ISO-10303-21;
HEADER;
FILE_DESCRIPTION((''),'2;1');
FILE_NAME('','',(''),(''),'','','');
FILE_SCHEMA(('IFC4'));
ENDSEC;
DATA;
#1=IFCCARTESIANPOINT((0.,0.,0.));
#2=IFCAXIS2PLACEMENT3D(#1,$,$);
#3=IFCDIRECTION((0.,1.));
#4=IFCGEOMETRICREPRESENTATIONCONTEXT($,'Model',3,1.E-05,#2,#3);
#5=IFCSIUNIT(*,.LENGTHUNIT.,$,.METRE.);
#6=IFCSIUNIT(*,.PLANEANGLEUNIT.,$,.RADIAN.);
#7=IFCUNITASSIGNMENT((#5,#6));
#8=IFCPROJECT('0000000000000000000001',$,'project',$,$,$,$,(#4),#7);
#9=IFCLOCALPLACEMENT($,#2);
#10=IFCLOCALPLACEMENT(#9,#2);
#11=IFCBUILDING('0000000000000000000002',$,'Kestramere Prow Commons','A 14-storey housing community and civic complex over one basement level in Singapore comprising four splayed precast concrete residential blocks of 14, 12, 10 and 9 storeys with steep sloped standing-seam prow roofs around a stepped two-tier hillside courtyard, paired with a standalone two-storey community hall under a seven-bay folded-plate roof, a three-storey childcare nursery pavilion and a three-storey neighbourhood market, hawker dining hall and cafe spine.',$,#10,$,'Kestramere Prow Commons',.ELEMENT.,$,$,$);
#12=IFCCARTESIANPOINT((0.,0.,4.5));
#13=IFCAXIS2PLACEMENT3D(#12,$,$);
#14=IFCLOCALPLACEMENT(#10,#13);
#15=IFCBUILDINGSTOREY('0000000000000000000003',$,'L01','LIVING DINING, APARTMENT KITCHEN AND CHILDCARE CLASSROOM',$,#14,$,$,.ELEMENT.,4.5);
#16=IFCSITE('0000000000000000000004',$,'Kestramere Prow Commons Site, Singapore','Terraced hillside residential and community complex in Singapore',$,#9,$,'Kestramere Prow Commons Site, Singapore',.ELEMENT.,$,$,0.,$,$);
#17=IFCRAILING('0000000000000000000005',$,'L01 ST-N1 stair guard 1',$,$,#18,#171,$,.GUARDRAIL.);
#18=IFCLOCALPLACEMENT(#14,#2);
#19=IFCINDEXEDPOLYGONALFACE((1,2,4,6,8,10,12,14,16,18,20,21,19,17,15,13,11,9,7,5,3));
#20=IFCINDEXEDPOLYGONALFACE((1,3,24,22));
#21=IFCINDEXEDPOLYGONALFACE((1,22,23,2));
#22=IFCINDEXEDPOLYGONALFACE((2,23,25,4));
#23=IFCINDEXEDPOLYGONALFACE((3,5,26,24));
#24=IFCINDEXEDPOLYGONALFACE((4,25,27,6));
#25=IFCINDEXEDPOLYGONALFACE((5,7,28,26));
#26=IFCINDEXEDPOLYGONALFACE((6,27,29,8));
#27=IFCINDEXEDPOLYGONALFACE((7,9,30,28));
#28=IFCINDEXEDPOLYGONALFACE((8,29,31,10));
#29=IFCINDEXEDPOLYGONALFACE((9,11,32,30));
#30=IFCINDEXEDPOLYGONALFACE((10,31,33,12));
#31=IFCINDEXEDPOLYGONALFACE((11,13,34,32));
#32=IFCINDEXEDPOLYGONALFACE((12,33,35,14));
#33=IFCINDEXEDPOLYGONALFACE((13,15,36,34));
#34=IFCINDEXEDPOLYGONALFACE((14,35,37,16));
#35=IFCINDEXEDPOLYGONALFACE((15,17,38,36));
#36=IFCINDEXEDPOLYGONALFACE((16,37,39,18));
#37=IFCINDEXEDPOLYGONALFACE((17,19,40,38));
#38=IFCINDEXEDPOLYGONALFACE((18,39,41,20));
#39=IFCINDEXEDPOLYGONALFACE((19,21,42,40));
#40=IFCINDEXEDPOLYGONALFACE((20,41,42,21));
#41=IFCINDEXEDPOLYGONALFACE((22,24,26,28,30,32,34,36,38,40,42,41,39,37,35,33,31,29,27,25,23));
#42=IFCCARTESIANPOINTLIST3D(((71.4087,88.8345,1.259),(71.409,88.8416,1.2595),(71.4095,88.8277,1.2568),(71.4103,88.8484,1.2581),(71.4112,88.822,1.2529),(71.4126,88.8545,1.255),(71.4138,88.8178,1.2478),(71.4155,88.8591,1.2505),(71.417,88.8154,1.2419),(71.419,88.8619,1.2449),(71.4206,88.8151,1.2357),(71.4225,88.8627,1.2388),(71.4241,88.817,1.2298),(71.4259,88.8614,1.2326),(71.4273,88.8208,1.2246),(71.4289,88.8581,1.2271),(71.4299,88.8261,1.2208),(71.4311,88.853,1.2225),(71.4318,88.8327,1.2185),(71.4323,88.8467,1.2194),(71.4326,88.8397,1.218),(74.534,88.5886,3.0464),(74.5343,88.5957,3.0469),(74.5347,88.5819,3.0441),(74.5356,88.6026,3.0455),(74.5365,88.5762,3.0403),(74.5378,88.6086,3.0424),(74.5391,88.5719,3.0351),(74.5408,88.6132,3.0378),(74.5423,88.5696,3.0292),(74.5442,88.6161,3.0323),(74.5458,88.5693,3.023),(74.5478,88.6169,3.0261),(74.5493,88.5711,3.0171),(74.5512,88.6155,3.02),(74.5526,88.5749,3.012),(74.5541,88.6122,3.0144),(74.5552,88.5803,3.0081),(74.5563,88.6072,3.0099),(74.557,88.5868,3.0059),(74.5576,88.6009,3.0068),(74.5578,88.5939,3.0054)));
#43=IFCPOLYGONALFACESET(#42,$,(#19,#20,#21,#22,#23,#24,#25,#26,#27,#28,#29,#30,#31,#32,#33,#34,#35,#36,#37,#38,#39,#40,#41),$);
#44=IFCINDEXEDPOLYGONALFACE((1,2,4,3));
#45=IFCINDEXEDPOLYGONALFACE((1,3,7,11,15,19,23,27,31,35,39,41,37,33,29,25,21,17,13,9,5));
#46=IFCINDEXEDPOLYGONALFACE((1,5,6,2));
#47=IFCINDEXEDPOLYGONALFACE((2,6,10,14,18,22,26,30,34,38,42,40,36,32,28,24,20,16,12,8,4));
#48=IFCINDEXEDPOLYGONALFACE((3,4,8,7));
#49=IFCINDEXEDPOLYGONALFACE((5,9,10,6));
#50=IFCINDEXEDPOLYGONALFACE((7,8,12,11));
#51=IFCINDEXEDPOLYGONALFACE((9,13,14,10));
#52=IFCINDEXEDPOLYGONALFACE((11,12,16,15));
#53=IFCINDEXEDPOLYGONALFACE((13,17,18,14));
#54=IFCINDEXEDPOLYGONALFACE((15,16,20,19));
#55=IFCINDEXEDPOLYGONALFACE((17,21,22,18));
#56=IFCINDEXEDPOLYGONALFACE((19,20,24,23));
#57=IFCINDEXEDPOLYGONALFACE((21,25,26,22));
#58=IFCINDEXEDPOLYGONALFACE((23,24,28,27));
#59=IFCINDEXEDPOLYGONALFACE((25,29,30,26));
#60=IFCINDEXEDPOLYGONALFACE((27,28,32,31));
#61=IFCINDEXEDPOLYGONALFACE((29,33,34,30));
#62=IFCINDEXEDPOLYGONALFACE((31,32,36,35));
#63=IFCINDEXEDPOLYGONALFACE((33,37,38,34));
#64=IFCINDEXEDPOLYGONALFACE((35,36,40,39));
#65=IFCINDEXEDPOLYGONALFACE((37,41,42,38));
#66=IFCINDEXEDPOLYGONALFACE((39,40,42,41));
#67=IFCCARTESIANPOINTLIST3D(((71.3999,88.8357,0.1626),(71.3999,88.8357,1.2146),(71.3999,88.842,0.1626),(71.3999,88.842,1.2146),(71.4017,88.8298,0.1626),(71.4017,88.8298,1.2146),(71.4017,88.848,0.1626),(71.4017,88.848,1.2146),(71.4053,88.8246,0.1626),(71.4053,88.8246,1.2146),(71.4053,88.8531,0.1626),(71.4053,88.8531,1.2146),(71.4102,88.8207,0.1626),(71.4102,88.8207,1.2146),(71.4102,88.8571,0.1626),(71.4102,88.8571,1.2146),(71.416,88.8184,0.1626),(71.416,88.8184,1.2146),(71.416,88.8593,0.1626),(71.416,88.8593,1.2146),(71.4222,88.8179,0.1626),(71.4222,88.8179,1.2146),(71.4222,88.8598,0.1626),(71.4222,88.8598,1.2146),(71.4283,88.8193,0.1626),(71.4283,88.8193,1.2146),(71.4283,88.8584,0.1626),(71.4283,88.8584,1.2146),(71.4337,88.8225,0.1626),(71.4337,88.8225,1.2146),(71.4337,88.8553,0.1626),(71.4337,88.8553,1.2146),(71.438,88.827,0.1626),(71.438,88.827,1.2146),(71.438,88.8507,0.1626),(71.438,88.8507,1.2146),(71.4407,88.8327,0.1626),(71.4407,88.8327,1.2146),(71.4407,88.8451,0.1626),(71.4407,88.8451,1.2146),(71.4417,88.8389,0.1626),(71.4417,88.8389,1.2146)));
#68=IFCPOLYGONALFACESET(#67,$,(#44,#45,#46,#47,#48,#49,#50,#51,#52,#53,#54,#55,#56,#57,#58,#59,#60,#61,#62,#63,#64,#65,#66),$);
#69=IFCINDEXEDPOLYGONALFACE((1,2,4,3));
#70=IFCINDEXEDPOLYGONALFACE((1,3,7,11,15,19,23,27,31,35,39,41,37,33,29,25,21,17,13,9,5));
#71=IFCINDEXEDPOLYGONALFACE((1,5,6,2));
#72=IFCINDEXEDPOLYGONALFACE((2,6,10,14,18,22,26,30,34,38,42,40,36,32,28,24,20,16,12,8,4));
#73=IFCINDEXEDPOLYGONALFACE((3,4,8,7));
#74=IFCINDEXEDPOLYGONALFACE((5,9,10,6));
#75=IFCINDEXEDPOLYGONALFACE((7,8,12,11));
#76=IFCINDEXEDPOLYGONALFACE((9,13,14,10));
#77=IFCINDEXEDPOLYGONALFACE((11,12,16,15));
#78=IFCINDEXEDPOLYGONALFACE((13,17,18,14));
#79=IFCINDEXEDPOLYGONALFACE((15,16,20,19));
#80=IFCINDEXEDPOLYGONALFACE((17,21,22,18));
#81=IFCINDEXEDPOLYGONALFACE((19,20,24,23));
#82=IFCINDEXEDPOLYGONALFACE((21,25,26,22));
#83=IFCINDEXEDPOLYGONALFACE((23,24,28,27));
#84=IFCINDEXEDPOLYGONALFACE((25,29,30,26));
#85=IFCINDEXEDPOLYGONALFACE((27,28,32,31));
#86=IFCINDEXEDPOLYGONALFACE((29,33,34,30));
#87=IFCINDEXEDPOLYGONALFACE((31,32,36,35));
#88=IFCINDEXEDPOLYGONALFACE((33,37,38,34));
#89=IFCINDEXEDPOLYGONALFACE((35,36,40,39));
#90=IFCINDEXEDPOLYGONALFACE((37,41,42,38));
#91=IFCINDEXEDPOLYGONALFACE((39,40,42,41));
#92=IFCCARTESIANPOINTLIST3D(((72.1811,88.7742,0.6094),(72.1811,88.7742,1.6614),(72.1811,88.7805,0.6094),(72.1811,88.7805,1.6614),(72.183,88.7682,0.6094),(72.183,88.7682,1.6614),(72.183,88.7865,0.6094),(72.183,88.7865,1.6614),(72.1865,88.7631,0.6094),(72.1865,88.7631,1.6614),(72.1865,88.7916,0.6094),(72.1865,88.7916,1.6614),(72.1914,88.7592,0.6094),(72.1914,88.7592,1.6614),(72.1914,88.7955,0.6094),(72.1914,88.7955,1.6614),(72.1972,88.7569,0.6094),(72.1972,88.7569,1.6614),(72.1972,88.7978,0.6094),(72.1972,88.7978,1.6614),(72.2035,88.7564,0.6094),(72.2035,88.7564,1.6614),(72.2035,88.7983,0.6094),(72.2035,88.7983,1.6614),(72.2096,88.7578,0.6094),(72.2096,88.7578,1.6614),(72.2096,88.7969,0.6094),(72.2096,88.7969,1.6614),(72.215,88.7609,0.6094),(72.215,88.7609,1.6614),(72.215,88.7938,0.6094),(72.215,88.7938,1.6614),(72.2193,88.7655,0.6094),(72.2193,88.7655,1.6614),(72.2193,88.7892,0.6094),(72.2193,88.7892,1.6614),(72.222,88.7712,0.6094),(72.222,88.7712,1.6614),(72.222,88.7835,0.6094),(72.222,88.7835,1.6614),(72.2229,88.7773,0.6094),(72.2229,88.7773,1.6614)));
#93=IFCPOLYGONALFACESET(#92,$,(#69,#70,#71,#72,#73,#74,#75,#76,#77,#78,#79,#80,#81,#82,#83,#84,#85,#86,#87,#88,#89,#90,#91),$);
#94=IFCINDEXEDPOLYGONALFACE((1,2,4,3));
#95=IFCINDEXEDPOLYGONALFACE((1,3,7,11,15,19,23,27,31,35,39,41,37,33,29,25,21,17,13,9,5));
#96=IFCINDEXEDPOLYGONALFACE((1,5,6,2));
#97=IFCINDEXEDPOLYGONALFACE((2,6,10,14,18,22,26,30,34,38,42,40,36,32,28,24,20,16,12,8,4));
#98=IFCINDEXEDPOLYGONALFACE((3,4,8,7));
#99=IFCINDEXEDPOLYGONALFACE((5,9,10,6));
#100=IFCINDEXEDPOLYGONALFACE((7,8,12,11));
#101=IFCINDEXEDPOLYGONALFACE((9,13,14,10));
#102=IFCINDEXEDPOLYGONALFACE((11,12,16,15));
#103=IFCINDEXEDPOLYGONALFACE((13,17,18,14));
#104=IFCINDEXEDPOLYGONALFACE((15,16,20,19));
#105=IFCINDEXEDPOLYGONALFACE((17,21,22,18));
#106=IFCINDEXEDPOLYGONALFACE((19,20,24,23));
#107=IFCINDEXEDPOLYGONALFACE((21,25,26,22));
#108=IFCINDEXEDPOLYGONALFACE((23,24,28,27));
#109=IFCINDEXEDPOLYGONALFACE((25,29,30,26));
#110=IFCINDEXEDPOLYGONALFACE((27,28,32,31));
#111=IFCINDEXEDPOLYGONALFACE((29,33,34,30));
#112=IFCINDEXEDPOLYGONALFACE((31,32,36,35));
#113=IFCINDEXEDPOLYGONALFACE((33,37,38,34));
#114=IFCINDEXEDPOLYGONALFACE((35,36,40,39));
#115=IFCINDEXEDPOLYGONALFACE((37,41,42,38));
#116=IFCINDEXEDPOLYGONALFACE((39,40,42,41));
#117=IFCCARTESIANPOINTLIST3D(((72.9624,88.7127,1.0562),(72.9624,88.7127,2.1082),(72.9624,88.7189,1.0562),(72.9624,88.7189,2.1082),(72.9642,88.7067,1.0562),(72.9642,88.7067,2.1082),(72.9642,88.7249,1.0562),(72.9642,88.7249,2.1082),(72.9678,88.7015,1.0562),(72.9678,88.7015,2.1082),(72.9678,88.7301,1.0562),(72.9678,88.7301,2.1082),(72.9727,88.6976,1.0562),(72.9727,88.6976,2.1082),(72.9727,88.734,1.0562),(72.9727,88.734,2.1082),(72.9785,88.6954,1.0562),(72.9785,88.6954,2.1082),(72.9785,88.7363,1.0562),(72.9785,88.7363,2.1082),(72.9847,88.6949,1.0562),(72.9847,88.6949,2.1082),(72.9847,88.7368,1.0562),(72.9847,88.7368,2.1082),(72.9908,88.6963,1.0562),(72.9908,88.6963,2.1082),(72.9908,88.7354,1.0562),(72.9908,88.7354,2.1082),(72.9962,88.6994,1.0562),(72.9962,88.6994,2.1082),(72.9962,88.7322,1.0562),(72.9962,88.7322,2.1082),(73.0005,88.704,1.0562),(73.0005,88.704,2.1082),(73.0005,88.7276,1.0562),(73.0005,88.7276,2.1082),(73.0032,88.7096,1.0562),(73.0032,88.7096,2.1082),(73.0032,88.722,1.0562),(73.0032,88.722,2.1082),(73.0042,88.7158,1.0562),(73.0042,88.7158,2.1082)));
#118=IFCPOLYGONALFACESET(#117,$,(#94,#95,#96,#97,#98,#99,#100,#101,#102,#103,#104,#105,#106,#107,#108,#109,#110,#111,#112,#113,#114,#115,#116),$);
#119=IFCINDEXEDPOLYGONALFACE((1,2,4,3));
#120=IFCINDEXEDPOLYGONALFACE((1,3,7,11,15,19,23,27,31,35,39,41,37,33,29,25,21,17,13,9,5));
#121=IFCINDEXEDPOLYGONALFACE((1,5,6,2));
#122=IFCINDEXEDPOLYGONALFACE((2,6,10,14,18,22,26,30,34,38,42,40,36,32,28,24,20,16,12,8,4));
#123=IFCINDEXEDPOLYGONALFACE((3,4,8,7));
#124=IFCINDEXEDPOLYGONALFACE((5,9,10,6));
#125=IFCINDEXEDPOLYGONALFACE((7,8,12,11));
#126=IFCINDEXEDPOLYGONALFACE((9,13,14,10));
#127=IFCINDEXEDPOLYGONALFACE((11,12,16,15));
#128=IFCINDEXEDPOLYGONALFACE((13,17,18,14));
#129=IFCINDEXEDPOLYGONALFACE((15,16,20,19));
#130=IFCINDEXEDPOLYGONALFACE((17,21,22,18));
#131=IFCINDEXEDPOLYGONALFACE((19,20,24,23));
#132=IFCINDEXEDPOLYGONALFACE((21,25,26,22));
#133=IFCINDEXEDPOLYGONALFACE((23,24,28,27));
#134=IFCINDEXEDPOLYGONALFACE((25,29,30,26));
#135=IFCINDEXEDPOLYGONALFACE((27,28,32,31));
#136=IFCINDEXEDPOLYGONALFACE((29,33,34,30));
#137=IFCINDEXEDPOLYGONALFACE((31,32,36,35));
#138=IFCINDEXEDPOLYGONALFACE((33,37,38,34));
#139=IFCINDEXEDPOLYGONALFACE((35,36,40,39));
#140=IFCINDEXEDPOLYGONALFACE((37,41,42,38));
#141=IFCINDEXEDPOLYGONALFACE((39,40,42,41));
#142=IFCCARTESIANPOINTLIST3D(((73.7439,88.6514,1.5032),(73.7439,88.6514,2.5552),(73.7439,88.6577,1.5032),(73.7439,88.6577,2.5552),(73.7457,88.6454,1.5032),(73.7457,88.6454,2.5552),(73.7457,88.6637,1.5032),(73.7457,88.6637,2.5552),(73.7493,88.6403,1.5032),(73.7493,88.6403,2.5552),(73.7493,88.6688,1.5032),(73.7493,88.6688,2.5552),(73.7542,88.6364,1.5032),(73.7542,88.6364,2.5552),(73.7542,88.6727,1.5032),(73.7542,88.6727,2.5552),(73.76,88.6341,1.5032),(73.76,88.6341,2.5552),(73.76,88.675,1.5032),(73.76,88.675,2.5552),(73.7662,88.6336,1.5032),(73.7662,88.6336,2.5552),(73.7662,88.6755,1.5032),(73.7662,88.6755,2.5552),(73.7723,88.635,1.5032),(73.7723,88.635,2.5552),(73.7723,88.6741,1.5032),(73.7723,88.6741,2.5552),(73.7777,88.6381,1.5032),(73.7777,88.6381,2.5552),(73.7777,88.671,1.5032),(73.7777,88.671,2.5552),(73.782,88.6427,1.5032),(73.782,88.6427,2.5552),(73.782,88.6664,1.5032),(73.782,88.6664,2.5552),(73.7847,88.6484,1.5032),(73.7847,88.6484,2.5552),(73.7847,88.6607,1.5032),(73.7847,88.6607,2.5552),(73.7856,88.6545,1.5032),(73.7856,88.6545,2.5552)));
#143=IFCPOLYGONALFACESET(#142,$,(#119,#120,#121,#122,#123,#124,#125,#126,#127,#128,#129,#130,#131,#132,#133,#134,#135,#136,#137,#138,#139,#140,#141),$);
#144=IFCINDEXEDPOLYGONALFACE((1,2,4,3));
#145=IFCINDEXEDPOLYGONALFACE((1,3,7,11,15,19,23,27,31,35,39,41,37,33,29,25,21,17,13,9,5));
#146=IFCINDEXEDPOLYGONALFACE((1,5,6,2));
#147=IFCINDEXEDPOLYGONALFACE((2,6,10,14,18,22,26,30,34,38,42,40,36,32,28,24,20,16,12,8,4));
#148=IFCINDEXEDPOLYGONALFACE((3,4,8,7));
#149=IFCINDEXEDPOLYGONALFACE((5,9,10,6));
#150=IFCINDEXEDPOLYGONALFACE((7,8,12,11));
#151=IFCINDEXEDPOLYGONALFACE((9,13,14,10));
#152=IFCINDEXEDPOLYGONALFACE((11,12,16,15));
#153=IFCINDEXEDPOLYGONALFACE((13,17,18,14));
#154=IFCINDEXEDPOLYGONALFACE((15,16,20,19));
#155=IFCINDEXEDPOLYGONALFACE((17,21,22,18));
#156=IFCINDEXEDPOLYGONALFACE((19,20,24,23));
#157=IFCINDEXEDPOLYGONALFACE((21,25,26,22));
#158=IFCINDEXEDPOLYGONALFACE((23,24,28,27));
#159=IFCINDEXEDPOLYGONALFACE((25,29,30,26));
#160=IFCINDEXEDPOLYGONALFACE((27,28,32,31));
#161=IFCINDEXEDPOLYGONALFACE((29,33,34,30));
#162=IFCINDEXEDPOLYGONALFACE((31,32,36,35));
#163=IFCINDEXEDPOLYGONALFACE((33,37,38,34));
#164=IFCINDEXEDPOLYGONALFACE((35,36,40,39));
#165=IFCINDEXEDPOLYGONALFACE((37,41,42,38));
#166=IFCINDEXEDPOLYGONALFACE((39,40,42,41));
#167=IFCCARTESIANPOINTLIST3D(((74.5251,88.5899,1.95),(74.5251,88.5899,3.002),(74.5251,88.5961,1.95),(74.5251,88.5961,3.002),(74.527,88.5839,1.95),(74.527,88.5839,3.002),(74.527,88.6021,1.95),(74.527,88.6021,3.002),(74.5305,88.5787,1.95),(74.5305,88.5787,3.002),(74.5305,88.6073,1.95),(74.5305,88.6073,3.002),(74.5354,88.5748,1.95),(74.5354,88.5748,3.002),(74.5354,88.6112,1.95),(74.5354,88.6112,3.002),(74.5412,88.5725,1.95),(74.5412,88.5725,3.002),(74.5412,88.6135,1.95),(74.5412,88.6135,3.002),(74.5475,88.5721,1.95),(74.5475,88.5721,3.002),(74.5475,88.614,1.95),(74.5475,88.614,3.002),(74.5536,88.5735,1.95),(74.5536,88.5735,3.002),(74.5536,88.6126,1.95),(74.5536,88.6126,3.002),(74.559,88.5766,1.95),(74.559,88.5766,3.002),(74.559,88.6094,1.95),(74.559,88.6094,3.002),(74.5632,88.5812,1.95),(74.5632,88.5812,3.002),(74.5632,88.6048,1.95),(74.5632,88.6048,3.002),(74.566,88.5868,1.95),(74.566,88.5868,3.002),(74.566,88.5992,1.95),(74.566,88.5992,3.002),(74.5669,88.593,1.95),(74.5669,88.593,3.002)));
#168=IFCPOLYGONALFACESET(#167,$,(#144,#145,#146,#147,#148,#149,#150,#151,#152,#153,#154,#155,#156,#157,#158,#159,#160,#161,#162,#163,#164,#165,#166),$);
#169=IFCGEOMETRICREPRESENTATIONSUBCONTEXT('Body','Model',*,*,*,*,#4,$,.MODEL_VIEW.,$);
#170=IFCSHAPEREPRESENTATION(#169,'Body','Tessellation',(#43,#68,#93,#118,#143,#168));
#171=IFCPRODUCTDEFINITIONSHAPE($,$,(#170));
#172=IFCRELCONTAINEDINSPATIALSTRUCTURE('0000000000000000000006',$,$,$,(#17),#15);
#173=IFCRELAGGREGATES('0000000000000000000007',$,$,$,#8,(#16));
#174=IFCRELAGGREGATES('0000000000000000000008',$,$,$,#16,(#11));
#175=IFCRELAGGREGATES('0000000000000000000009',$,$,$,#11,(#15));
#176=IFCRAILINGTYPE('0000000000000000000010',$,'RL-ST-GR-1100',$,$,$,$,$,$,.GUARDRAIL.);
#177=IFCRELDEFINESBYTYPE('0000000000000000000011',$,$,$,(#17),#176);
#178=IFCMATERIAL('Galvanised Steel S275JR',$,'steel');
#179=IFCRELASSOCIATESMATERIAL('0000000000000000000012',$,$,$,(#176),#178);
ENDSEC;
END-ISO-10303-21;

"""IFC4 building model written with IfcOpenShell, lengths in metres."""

from ifc_helpers import new_model, si_unit, direction, frame, origin, origin_2d, place, context, subcontext, project, spatial, circle, extrude, material, type_object, element, save


model = new_model("IFC4")

# Units and contexts
model_context = context("Model", 3, precision=1e-05, world=origin(), true_north=direction((0.0, 1.0)))
body_context = subcontext(model_context, "Body", "Model", "MODEL_VIEW")
ifc_project = project(units=[si_unit("LENGTHUNIT", "METRE"), si_unit("PLANEANGLEUNIT", "RADIAN")], contexts=[model_context])

# Site, building, storey
site_placement = place(None, origin())
site = spatial("IfcSite", under=ifc_project, at=site_placement, Name="Kestramere Prow Commons Site, Singapore", Description="Terraced hillside residential and community complex in Singapore", LongName="Kestramere Prow Commons Site, Singapore", CompositionType="ELEMENT", RefElevation=0.0)
building_placement = place(site_placement, origin())
building = spatial("IfcBuilding", under=site, at=building_placement, Name="Kestramere Prow Commons", Description="A 14-storey housing community and civic complex over one basement level in Singapore comprising four splayed precast concrete residential blocks of 14, 12, 10 and 9 storeys with steep sloped standing-seam prow roofs around a stepped two-tier hillside courtyard, paired with a standalone two-storey community hall under a seven-bay folded-plate roof, a three-storey childcare nursery pavilion and a three-storey neighbourhood market, hawker dining hall and cafe spine.", LongName="Kestramere Prow Commons", CompositionType="ELEMENT")
storey_placement = place(building_placement, frame((0.0, 0.0, 4.5)))
storey = spatial("IfcBuildingStorey", under=building, at=storey_placement, Name="L01", Description="LIVING DINING, APARTMENT KITCHEN AND CHILDCARE CLASSROOM", CompositionType="ELEMENT", Elevation=4.5)

# Railing
ifc_material_1 = material(Name="Galvanised Steel S275JR", Category="steel")
railing_type_1 = type_object("IfcRailingType", Name="RL-ST-GR-1100", PredefinedType="GUARDRAIL", material=ifc_material_1)
railing_1_placement = place(storey_placement, frame((71.4207, 88.8389, 0.1626)))
element("IfcRailing", 1, at=railing_1_placement, inside=storey, type_object=railing_type_1, Name="L01 ST-N1 stair guard 1", PredefinedType="GUARDRAIL", context=body_context, shape_type="SweptSolid", body=[
    extrude(circle(Radius=0.0239, at=origin_2d()), frame((0.0, 0.0, 1.0762), z_axis=(0.866047, -0.068128, 0.495299), x_axis=(0.078423, 0.99692, 0.0)), (0.0, 0.0, 1.0), 3.6086),
    extrude(circle(Radius=0.021, at=origin_2d()), origin(), (0.0, 0.0, 1.0), 1.052),
    extrude(circle(Radius=0.021, at=origin_2d()), frame((0.7812, -0.0615, 0.4468)), (0.0, 0.0, 1.0), 1.052),
    extrude(circle(Radius=0.021, at=origin_2d()), frame((1.5625, -0.123, 0.8936)), (0.0, 0.0, 1.0), 1.052),
    extrude(circle(Radius=0.021, at=origin_2d()), frame((2.344, -0.1843, 1.3406)), (0.0, 0.0, 1.0), 1.052),
    extrude(circle(Radius=0.021, at=origin_2d()), frame((3.1252, -0.2458, 1.7874)), (0.0, 0.0, 1.0), 1.052),
])

save(model, "model.ifc")
